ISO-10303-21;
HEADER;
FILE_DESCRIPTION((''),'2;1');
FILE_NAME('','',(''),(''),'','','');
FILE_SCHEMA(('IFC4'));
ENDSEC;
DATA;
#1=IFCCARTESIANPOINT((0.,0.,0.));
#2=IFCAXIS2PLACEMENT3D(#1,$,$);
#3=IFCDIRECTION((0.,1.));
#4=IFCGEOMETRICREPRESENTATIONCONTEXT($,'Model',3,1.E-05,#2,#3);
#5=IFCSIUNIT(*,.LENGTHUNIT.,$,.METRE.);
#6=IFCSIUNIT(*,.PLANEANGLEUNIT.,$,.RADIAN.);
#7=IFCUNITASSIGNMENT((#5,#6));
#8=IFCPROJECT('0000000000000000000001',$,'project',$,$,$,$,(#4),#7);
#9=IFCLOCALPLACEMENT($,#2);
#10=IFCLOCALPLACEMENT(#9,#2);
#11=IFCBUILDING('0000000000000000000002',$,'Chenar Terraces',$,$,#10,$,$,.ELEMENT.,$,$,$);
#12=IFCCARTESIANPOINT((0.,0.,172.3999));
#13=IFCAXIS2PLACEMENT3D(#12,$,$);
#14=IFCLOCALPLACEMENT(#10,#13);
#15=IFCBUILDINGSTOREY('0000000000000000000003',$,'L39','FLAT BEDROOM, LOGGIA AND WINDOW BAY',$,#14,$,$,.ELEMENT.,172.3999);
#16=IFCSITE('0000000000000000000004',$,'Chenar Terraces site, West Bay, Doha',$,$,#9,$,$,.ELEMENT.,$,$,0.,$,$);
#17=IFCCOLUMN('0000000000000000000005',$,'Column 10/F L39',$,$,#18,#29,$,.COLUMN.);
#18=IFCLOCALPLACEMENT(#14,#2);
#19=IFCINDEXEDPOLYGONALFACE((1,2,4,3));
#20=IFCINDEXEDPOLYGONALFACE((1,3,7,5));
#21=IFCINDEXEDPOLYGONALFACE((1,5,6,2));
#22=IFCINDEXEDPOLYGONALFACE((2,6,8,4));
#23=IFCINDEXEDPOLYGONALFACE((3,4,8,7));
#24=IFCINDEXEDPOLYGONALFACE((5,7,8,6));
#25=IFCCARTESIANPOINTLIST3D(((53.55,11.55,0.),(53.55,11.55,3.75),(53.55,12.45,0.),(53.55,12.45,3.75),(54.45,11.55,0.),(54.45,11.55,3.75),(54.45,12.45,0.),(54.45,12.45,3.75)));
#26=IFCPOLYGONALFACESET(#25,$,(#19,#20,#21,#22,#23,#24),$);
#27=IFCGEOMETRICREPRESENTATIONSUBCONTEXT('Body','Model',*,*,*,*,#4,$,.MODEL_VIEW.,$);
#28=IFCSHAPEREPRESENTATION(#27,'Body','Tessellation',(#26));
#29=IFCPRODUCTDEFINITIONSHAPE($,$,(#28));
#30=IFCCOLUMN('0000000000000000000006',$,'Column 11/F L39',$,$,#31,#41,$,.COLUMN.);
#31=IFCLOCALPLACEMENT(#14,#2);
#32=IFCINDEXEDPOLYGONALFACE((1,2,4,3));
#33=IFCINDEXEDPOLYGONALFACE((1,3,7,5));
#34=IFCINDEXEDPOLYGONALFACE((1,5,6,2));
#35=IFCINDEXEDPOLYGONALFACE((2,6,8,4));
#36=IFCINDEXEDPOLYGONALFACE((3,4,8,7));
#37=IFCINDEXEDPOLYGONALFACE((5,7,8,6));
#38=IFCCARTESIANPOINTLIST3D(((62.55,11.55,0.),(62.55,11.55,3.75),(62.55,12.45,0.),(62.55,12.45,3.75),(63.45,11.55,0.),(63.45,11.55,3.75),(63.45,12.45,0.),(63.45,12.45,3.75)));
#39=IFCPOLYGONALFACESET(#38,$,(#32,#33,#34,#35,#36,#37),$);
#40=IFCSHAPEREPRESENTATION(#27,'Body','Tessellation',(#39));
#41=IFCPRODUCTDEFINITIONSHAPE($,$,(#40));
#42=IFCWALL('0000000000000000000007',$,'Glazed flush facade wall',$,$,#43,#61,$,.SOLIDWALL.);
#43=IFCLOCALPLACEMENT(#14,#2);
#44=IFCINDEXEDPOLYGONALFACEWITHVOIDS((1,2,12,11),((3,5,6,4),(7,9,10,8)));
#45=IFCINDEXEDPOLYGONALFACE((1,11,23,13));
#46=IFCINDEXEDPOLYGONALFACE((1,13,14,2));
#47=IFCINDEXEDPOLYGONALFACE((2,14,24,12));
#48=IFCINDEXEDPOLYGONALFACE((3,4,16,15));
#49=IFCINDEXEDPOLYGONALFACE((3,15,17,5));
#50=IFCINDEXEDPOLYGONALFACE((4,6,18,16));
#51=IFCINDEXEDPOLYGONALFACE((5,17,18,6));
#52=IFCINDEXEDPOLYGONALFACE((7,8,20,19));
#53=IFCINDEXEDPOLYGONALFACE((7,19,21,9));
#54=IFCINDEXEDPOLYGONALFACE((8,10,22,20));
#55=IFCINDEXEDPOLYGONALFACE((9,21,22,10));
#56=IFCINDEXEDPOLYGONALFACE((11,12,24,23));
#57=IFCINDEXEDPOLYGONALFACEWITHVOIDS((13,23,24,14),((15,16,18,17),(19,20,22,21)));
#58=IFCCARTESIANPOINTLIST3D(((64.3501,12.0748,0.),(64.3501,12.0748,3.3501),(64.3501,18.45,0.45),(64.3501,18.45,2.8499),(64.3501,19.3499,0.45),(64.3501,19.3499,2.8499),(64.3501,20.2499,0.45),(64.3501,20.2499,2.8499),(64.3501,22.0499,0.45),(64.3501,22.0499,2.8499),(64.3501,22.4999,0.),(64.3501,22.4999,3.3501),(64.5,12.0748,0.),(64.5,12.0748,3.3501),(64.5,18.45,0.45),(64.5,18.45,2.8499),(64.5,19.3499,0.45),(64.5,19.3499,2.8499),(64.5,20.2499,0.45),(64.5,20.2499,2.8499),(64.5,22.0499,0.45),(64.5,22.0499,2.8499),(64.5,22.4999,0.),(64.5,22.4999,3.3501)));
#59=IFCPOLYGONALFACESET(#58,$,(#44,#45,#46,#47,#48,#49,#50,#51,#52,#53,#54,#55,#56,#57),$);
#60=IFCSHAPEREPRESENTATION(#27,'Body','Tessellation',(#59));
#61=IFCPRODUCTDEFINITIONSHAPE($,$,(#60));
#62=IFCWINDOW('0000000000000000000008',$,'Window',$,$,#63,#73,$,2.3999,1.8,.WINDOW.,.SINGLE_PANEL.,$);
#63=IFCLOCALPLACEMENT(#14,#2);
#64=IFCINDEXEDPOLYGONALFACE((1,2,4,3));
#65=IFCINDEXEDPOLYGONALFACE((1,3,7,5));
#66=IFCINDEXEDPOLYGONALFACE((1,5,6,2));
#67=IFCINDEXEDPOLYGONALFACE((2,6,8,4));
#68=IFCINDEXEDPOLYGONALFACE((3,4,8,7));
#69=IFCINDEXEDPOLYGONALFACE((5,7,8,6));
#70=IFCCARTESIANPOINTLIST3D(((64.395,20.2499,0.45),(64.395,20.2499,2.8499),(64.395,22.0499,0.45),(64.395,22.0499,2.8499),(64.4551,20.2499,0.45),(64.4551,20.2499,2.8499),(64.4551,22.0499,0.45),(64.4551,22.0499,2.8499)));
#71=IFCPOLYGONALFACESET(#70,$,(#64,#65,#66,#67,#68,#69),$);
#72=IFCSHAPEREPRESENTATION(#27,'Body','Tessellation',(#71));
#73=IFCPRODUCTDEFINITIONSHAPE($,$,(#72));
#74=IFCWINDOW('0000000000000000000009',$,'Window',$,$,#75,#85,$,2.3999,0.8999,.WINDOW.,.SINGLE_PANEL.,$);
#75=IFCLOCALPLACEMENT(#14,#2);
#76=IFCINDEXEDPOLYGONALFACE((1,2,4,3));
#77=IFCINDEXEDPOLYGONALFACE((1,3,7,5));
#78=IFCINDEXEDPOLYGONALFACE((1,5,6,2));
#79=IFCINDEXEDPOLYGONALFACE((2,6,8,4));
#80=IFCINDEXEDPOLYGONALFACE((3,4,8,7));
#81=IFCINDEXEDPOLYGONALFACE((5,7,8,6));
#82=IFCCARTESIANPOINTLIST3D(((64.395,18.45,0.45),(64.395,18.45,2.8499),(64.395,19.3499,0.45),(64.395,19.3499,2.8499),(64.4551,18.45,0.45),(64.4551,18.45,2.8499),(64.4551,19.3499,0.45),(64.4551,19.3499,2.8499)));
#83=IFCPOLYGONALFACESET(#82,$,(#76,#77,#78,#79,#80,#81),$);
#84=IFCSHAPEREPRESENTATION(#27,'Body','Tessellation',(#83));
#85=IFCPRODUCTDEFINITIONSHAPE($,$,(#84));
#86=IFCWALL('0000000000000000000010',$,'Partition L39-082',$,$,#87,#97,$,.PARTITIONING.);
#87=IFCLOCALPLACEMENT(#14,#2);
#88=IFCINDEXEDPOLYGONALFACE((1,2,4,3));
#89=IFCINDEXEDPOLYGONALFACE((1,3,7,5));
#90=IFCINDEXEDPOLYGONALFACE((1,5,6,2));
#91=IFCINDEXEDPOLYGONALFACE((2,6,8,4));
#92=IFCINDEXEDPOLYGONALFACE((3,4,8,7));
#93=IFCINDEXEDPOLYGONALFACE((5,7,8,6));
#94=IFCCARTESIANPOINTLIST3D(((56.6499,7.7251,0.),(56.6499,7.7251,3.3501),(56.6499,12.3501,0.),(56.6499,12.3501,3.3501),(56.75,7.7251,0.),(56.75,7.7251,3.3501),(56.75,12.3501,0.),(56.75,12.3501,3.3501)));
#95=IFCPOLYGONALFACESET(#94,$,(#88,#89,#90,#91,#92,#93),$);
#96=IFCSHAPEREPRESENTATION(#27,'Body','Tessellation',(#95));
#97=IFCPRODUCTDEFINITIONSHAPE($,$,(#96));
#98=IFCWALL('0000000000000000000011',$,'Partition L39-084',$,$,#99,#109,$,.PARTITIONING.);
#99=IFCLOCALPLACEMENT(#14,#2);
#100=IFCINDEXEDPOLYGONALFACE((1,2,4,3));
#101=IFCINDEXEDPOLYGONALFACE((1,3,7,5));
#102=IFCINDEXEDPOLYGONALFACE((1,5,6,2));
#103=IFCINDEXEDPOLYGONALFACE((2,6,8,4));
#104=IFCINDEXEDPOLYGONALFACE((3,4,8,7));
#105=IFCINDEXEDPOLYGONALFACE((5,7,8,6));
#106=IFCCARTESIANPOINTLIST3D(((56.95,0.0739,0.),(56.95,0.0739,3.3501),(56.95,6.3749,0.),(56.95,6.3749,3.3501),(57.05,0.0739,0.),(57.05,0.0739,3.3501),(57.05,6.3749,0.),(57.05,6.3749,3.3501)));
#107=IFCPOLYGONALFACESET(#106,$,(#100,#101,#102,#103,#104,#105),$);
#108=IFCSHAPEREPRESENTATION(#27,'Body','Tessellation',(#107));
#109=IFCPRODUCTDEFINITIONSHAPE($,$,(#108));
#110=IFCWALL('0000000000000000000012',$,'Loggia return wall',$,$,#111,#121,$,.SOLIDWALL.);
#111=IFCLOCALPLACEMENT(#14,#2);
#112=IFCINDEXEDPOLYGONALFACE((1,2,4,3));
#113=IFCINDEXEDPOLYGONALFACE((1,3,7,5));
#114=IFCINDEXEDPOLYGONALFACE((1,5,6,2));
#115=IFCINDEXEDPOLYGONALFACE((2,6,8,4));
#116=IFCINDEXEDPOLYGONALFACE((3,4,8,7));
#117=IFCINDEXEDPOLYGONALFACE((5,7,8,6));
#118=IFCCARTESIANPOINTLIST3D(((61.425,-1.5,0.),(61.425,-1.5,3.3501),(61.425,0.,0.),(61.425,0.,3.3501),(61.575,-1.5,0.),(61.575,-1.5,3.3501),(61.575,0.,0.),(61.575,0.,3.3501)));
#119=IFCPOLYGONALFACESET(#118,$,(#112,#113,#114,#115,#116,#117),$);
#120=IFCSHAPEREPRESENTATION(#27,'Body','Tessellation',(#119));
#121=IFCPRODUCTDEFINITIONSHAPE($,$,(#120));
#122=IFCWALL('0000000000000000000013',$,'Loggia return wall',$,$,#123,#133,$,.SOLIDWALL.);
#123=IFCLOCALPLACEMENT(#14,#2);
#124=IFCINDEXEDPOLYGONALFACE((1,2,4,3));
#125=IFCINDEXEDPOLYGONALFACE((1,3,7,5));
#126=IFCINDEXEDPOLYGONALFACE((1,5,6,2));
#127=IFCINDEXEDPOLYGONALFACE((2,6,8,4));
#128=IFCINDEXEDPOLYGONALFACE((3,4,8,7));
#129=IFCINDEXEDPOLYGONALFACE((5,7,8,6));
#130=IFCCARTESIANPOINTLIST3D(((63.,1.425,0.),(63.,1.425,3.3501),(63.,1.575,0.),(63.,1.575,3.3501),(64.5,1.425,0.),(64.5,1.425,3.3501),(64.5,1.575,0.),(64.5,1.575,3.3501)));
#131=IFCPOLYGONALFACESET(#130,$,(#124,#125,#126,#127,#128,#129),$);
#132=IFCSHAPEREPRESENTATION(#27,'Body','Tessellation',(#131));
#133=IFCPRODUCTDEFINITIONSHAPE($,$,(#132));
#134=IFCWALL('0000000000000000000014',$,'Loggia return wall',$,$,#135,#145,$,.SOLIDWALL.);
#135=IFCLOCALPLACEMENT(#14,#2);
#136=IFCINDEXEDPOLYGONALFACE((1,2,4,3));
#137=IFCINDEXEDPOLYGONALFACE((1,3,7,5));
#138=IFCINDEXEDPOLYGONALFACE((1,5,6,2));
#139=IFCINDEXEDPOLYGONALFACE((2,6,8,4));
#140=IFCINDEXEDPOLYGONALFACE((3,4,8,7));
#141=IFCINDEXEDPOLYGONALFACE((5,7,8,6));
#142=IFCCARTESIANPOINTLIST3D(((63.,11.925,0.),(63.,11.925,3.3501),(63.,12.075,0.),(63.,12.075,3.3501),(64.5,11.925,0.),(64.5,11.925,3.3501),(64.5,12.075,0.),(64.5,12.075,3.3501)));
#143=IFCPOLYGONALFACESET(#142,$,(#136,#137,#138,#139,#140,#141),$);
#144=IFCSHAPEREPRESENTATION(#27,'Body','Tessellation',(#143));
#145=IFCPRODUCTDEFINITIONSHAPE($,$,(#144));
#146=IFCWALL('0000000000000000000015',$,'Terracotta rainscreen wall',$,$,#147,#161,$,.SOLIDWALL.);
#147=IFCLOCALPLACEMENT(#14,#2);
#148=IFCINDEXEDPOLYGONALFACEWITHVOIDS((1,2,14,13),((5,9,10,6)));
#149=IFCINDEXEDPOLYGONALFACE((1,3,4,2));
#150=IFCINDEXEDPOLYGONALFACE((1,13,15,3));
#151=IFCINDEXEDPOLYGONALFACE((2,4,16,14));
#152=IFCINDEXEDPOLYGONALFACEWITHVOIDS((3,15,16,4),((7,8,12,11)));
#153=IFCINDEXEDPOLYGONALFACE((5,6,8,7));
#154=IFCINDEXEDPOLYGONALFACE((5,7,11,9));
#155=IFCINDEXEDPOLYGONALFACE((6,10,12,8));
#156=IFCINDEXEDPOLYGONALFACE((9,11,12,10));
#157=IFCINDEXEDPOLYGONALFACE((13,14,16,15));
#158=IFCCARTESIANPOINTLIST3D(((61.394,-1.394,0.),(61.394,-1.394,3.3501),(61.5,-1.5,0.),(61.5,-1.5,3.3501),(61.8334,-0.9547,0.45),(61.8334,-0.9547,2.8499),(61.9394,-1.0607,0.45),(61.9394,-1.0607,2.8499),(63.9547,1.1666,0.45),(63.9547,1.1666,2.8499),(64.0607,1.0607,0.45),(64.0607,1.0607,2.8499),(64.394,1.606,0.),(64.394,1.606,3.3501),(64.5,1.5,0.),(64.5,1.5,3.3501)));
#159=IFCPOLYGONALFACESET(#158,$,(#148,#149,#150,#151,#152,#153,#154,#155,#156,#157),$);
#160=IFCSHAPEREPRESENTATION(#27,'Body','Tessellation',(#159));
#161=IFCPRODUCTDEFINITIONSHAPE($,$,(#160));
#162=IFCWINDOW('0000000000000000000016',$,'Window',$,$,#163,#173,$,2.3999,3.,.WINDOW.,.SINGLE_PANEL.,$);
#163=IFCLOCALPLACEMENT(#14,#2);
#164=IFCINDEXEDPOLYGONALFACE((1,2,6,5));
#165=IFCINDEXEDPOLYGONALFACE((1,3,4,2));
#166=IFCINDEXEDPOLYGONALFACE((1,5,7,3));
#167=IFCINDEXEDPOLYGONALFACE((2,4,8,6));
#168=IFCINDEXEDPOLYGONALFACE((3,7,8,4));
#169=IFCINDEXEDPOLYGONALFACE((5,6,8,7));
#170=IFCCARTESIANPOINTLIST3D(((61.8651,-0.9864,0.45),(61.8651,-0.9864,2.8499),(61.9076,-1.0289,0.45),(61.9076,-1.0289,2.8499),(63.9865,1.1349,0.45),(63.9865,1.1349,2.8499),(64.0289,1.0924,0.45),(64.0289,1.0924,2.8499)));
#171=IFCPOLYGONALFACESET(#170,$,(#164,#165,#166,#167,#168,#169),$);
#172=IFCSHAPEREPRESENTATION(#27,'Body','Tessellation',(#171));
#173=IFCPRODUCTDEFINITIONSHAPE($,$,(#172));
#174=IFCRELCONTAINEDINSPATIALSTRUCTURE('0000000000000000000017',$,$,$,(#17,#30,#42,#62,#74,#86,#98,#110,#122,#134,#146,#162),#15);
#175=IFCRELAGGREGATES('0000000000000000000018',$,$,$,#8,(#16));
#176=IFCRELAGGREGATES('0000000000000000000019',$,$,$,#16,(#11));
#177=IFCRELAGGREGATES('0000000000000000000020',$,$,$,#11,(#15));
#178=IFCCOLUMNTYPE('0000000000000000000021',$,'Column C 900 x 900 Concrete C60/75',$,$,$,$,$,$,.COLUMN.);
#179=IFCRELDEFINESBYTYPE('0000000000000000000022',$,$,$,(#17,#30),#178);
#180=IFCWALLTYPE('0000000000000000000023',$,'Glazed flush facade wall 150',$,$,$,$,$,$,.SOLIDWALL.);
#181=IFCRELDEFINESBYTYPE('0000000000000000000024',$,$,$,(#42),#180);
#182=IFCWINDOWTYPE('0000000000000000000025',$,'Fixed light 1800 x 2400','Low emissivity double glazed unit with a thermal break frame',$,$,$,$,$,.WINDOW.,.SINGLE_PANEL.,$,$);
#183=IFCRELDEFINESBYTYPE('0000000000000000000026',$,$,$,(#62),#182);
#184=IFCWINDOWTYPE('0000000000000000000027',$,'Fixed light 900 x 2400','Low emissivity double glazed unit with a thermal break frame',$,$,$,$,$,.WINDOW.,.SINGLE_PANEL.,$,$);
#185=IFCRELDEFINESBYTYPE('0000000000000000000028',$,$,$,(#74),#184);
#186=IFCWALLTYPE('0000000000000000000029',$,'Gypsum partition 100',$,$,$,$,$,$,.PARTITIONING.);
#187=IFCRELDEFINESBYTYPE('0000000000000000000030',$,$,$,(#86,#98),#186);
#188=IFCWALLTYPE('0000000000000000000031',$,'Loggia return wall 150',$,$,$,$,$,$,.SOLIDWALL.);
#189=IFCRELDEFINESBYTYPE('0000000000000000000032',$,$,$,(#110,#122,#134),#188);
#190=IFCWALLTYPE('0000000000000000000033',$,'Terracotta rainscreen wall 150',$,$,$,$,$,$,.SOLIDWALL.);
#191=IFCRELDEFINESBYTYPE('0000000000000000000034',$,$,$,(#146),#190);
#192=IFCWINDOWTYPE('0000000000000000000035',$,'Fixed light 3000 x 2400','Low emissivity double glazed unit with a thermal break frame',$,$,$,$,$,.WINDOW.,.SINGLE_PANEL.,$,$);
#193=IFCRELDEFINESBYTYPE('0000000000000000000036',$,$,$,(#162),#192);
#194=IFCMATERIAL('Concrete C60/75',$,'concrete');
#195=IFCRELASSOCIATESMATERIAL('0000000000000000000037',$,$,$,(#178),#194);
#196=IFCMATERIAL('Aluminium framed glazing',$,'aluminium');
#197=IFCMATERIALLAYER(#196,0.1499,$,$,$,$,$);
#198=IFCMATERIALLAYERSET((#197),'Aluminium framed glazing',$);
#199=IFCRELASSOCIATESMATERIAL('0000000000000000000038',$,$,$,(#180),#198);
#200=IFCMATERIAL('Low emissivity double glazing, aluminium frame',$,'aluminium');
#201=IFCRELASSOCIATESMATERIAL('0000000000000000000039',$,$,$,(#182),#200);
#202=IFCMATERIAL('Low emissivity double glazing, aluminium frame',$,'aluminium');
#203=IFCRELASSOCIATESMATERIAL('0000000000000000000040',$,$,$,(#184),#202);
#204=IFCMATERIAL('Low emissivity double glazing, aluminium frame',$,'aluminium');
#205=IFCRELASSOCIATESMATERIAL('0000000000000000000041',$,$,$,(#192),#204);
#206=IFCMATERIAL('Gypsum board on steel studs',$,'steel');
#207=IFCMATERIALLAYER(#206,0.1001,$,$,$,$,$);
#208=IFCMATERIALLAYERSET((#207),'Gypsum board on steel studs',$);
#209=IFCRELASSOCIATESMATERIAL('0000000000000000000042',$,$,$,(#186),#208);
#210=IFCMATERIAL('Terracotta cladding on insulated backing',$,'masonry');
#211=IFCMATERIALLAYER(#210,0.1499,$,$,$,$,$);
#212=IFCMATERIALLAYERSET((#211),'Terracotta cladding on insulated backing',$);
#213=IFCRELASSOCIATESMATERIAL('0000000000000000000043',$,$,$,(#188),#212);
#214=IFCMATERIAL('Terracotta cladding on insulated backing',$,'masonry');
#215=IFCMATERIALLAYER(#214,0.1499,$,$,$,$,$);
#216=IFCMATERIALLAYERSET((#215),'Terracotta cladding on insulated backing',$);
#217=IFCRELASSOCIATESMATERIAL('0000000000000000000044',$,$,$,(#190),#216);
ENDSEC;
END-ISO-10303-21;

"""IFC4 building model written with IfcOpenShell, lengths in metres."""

from ifc_helpers import new_model, si_unit, direction, frame, frame_2d, origin, origin_2d, place, context, subcontext, project, spatial, rectangle, extrude, material, layer, layer_set, material_profile, profile_set, type_object, element, fill, save


model = new_model("IFC4")

# Units and contexts
model_context = context("Model", 3, precision=1e-05, world=origin(), true_north=direction((0.0, 1.0)))
body_context = subcontext(model_context, "Body", "Model", "MODEL_VIEW")
ifc_project = project(units=[si_unit("LENGTHUNIT", "METRE"), si_unit("PLANEANGLEUNIT", "RADIAN")], contexts=[model_context])

# Site, building, storey
site_placement = place(None, origin())
site = spatial("IfcSite", under=ifc_project, at=site_placement, Name="Chenar Terraces site, West Bay, Doha", CompositionType="ELEMENT", RefElevation=0.0)
building_placement = place(site_placement, origin())
building = spatial("IfcBuilding", under=site, at=building_placement, Name="Chenar Terraces", CompositionType="ELEMENT")
storey_placement = place(building_placement, frame((0.0, 0.0, 172.3999)))
storey = spatial("IfcBuildingStorey", under=building, at=storey_placement, Name="L39", Description="FLAT BEDROOM, LOGGIA AND WINDOW BAY", CompositionType="ELEMENT", Elevation=172.3999)

# Columns
ifc_material_1 = material(Name="Concrete C60/75", Category="concrete")
ifc_material_profile_1 = material_profile(ifc_material_1, rectangle(XDim=0.8999, YDim=0.8999, at=origin_2d()), Name="C 900 x 900")
ifc_profile_set_1 = profile_set([ifc_material_profile_1], Name="Concrete C60/75")
column_type = type_object("IfcColumnType", Name="Column C 900 x 900 Concrete C60/75", PredefinedType="COLUMN", material=ifc_profile_set_1)
for number, where, z_axis, x_axis, name in (
    (1, (54.0, 12.0, 0.0), (0.0, 0.0, 1.0), (1.0, 0.0, 0.0), "Column 10/F L39"),
    (2, (63.0, 12.0, 0.0), (0.0, 0.0, 1.0), (1.0, 0.0, 0.0), "Column 11/F L39"),
):
    element("IfcColumn", number, at=place(storey_placement, frame(where, z_axis=z_axis, x_axis=x_axis)), inside=storey, type_object=column_type, Name=name, PredefinedType="COLUMN", context=body_context, shape_type="SweptSolid", body=[
        extrude(rectangle(XDim=0.8999, YDim=0.8999, at=origin_2d()), origin(), (0.0, 0.0, 1.0), 3.75),
    ])

# Wall, openings, windows
ifc_material_2 = material(Name="Aluminium framed glazing", Category="aluminium")
ifc_layer_1 = layer(ifc_material_2, 0.1499)
ifc_layer_set_1 = layer_set([ifc_layer_1], Name="Aluminium framed glazing")
wall_type_1 = type_object("IfcWallType", Name="Glazed flush facade wall 150", PredefinedType="SOLIDWALL", material=ifc_layer_set_1)
wall_1_placement = place(storey_placement, frame((64.425, 12.075, 0.0), z_axis=(0.0, 0.0, 1.0), x_axis=(0.0, 1.0, 0.0)))
wall_1 = element("IfcWall", 3, at=wall_1_placement, inside=storey, type_object=wall_type_1, Name="Glazed flush facade wall", PredefinedType="SOLIDWALL", context=body_context, shape_type="SweptSolid", body=[
    extrude(rectangle(XDim=10.425, YDim=0.1499, at=frame_2d((5.2124, 0.0))), origin(), (0.0, 0.0, 1.0), 3.3501),
])
opening_1_placement = place(wall_1_placement, frame((6.375, 0.0, 0.45)))
opening_1 = element("IfcOpeningElement", 4, at=opening_1_placement, cuts=wall_1, PredefinedType="OPENING", context=body_context, shape_type="SweptSolid", body=[
    extrude(rectangle(XDim=0.8999, YDim=2.3999, at=frame_2d((0.45, 1.2))), frame((0.0, 0.085, 0.0), z_axis=(0.0, -1.0, 0.0), x_axis=(1.0, 0.0, 0.0)), (0.0, 0.0, 1.0), 0.1699),
])
opening_2_placement = place(wall_1_placement, frame((8.175, 0.0, 0.45)))
opening_2 = element("IfcOpeningElement", 5, at=opening_2_placement, cuts=wall_1, PredefinedType="OPENING", context=body_context, shape_type="SweptSolid", body=[
    extrude(rectangle(XDim=1.8, YDim=2.3999, at=frame_2d((0.8999, 1.2))), frame((0.0, 0.085, 0.0), z_axis=(0.0, -1.0, 0.0), x_axis=(1.0, 0.0, 0.0)), (0.0, 0.0, 1.0), 0.1699),
])
ifc_material_3 = material(Name="Low emissivity double glazing, aluminium frame", Category="aluminium")
window_type_1 = type_object("IfcWindowType", Name="Fixed light 1800 x 2400", Description="Low emissivity double glazed unit with a thermal break frame", PartitioningType="SINGLE_PANEL", PredefinedType="WINDOW", material=ifc_material_3)
window_1_placement = place(opening_2_placement, origin())
window_1 = element("IfcWindow", 6, at=window_1_placement, inside=storey, type_object=window_type_1, Name="Window", OverallHeight=2.3999, OverallWidth=1.8, PartitioningType="SINGLE_PANEL", PredefinedType="WINDOW", context=body_context, shape_type="SweptSolid", body=[
    extrude(rectangle(XDim=1.8, YDim=2.3999, at=frame_2d((0.8999, 1.2))), frame((0.0, 0.03, 0.0), z_axis=(0.0, -1.0, 0.0), x_axis=(1.0, 0.0, 0.0)), (0.0, 0.0, 1.0), 0.0601),
])
fill(opening_2, window_1)
ifc_material_4 = material(Name="Low emissivity double glazing, aluminium frame", Category="aluminium")
window_type_2 = type_object("IfcWindowType", Name="Fixed light 900 x 2400", Description="Low emissivity double glazed unit with a thermal break frame", PartitioningType="SINGLE_PANEL", PredefinedType="WINDOW", material=ifc_material_4)
window_2_placement = place(opening_1_placement, origin())
window_2 = element("IfcWindow", 7, at=window_2_placement, inside=storey, type_object=window_type_2, Name="Window", OverallHeight=2.3999, OverallWidth=0.8999, PartitioningType="SINGLE_PANEL", PredefinedType="WINDOW", context=body_context, shape_type="SweptSolid", body=[
    extrude(rectangle(XDim=0.8999, YDim=2.3999, at=frame_2d((0.45, 1.2))), frame((0.0, 0.03, 0.0), z_axis=(0.0, -1.0, 0.0), x_axis=(1.0, 0.0, 0.0)), (0.0, 0.0, 1.0), 0.0601),
])
fill(opening_1, window_2)

# Shared definitions
ifc_material_5 = material(Name="Low emissivity double glazing, aluminium frame", Category="aluminium")
window_type_3 = type_object("IfcWindowType", Name="Fixed light 3000 x 2400", Description="Low emissivity double glazed unit with a thermal break frame", PartitioningType="SINGLE_PANEL", PredefinedType="WINDOW", material=ifc_material_5)

# Walls
ifc_material_6 = material(Name="Gypsum board on steel studs", Category="steel")
ifc_layer_2 = layer(ifc_material_6, 0.1001)
ifc_layer_set_2 = layer_set([ifc_layer_2], Name="Gypsum board on steel studs")
wall_type_2 = type_object("IfcWallType", Name="Gypsum partition 100", PredefinedType="PARTITIONING", material=ifc_layer_set_2)
wall_2_placement = place(storey_placement, frame((56.7, 7.7251, 0.0), z_axis=(0.0, 0.0, 1.0), x_axis=(0.0, 1.0, 0.0)))
element("IfcWall", 8, at=wall_2_placement, inside=storey, type_object=wall_type_2, Name="Partition L39-082", PredefinedType="PARTITIONING", context=body_context, shape_type="SweptSolid", body=[
    extrude(rectangle(XDim=4.625, YDim=0.1001, at=frame_2d((2.3125, 0.0))), origin(), (0.0, 0.0, 1.0), 3.3501),
])
wall_3_placement = place(storey_placement, frame((57.0, 0.074, 0.0), z_axis=(0.0, 0.0, 1.0), x_axis=(0.0, 1.0, 0.0)))
element("IfcWall", 9, at=wall_3_placement, inside=storey, type_object=wall_type_2, Name="Partition L39-084", PredefinedType="PARTITIONING", context=body_context, shape_type="SweptSolid", body=[
    extrude(rectangle(XDim=6.301, YDim=0.1001, at=frame_2d((3.1504, 0.0))), origin(), (0.0, 0.0, 1.0), 3.3501),
])
ifc_material_7 = material(Name="Terracotta cladding on insulated backing", Category="masonry")
ifc_layer_3 = layer(ifc_material_7, 0.1499)
ifc_layer_set_3 = layer_set([ifc_layer_3], Name="Terracotta cladding on insulated backing")
wall_type_3 = type_object("IfcWallType", Name="Loggia return wall 150", PredefinedType="SOLIDWALL", material=ifc_layer_set_3)
for number, where, z_axis, x_axis, name in (
    (10, (61.5, -1.5, 0.0), (0.0, 0.0, 1.0), (0.0, 1.0, 0.0), "Loggia return wall"),
    (11, (64.5, 1.5, 0.0), (0.0, 0.0, 1.0), (-1.0, 0.0, 0.0), "Loggia return wall"),
    (12, (64.5, 12.0, 0.0), (0.0, 0.0, 1.0), (-1.0, 0.0, 0.0), "Loggia return wall"),
):
    element("IfcWall", number, at=place(storey_placement, frame(where, z_axis=z_axis, x_axis=x_axis)), inside=storey, type_object=wall_type_3, Name=name, PredefinedType="SOLIDWALL", context=body_context, shape_type="SweptSolid", body=[
        extrude(rectangle(XDim=1.5, YDim=0.1499, at=frame_2d((0.75, 0.0))), origin(), (0.0, 0.0, 1.0), 3.3501),
    ])

# Wall, opening, window
ifc_material_8 = material(Name="Terracotta cladding on insulated backing", Category="masonry")
ifc_layer_4 = layer(ifc_material_8, 0.1499)
ifc_layer_set_4 = layer_set([ifc_layer_4], Name="Terracotta cladding on insulated backing")
wall_type_4 = type_object("IfcWallType", Name="Terracotta rainscreen wall 150", PredefinedType="SOLIDWALL", material=ifc_layer_set_4)
wall_4_placement = place(storey_placement, frame((61.447, -1.447, 0.0), z_axis=(0.0, 0.0, 1.0), x_axis=(0.707107, 0.707107, 0.0)))
wall_4 = element("IfcWall", 13, at=wall_4_placement, inside=storey, type_object=wall_type_4, Name="Terracotta rainscreen wall", PredefinedType="SOLIDWALL", context=body_context, shape_type="SweptSolid", body=[
    extrude(rectangle(XDim=4.2427, YDim=0.1499, at=frame_2d((2.1213, 0.0))), origin(), (0.0, 0.0, 1.0), 3.3501),
])
opening_3_placement = place(wall_4_placement, frame((0.6213, 0.0, 0.45)))
opening_3 = element("IfcOpeningElement", 14, at=opening_3_placement, cuts=wall_4, PredefinedType="OPENING", context=body_context, shape_type="SweptSolid", body=[
    extrude(rectangle(XDim=3.0, YDim=2.3999, at=frame_2d((1.5, 1.2))), frame((0.0, 0.085, 0.0), z_axis=(0.0, -1.0, 0.0), x_axis=(1.0, 0.0, 0.0)), (0.0, 0.0, 1.0), 0.1699),
])
window_3_placement = place(opening_3_placement, origin())
window_3 = element("IfcWindow", 15, at=window_3_placement, inside=storey, type_object=window_type_3, Name="Window", OverallHeight=2.3999, OverallWidth=3.0, PartitioningType="SINGLE_PANEL", PredefinedType="WINDOW", context=body_context, shape_type="SweptSolid", body=[
    extrude(rectangle(XDim=3.0, YDim=2.3999, at=frame_2d((1.5, 1.2))), frame((0.0, 0.03, 0.0), z_axis=(0.0, -1.0, 0.0), x_axis=(1.0, 0.0, 0.0)), (0.0, 0.0, 1.0), 0.0601),
])
fill(opening_3, window_3)

save(model, "model.ifc")
